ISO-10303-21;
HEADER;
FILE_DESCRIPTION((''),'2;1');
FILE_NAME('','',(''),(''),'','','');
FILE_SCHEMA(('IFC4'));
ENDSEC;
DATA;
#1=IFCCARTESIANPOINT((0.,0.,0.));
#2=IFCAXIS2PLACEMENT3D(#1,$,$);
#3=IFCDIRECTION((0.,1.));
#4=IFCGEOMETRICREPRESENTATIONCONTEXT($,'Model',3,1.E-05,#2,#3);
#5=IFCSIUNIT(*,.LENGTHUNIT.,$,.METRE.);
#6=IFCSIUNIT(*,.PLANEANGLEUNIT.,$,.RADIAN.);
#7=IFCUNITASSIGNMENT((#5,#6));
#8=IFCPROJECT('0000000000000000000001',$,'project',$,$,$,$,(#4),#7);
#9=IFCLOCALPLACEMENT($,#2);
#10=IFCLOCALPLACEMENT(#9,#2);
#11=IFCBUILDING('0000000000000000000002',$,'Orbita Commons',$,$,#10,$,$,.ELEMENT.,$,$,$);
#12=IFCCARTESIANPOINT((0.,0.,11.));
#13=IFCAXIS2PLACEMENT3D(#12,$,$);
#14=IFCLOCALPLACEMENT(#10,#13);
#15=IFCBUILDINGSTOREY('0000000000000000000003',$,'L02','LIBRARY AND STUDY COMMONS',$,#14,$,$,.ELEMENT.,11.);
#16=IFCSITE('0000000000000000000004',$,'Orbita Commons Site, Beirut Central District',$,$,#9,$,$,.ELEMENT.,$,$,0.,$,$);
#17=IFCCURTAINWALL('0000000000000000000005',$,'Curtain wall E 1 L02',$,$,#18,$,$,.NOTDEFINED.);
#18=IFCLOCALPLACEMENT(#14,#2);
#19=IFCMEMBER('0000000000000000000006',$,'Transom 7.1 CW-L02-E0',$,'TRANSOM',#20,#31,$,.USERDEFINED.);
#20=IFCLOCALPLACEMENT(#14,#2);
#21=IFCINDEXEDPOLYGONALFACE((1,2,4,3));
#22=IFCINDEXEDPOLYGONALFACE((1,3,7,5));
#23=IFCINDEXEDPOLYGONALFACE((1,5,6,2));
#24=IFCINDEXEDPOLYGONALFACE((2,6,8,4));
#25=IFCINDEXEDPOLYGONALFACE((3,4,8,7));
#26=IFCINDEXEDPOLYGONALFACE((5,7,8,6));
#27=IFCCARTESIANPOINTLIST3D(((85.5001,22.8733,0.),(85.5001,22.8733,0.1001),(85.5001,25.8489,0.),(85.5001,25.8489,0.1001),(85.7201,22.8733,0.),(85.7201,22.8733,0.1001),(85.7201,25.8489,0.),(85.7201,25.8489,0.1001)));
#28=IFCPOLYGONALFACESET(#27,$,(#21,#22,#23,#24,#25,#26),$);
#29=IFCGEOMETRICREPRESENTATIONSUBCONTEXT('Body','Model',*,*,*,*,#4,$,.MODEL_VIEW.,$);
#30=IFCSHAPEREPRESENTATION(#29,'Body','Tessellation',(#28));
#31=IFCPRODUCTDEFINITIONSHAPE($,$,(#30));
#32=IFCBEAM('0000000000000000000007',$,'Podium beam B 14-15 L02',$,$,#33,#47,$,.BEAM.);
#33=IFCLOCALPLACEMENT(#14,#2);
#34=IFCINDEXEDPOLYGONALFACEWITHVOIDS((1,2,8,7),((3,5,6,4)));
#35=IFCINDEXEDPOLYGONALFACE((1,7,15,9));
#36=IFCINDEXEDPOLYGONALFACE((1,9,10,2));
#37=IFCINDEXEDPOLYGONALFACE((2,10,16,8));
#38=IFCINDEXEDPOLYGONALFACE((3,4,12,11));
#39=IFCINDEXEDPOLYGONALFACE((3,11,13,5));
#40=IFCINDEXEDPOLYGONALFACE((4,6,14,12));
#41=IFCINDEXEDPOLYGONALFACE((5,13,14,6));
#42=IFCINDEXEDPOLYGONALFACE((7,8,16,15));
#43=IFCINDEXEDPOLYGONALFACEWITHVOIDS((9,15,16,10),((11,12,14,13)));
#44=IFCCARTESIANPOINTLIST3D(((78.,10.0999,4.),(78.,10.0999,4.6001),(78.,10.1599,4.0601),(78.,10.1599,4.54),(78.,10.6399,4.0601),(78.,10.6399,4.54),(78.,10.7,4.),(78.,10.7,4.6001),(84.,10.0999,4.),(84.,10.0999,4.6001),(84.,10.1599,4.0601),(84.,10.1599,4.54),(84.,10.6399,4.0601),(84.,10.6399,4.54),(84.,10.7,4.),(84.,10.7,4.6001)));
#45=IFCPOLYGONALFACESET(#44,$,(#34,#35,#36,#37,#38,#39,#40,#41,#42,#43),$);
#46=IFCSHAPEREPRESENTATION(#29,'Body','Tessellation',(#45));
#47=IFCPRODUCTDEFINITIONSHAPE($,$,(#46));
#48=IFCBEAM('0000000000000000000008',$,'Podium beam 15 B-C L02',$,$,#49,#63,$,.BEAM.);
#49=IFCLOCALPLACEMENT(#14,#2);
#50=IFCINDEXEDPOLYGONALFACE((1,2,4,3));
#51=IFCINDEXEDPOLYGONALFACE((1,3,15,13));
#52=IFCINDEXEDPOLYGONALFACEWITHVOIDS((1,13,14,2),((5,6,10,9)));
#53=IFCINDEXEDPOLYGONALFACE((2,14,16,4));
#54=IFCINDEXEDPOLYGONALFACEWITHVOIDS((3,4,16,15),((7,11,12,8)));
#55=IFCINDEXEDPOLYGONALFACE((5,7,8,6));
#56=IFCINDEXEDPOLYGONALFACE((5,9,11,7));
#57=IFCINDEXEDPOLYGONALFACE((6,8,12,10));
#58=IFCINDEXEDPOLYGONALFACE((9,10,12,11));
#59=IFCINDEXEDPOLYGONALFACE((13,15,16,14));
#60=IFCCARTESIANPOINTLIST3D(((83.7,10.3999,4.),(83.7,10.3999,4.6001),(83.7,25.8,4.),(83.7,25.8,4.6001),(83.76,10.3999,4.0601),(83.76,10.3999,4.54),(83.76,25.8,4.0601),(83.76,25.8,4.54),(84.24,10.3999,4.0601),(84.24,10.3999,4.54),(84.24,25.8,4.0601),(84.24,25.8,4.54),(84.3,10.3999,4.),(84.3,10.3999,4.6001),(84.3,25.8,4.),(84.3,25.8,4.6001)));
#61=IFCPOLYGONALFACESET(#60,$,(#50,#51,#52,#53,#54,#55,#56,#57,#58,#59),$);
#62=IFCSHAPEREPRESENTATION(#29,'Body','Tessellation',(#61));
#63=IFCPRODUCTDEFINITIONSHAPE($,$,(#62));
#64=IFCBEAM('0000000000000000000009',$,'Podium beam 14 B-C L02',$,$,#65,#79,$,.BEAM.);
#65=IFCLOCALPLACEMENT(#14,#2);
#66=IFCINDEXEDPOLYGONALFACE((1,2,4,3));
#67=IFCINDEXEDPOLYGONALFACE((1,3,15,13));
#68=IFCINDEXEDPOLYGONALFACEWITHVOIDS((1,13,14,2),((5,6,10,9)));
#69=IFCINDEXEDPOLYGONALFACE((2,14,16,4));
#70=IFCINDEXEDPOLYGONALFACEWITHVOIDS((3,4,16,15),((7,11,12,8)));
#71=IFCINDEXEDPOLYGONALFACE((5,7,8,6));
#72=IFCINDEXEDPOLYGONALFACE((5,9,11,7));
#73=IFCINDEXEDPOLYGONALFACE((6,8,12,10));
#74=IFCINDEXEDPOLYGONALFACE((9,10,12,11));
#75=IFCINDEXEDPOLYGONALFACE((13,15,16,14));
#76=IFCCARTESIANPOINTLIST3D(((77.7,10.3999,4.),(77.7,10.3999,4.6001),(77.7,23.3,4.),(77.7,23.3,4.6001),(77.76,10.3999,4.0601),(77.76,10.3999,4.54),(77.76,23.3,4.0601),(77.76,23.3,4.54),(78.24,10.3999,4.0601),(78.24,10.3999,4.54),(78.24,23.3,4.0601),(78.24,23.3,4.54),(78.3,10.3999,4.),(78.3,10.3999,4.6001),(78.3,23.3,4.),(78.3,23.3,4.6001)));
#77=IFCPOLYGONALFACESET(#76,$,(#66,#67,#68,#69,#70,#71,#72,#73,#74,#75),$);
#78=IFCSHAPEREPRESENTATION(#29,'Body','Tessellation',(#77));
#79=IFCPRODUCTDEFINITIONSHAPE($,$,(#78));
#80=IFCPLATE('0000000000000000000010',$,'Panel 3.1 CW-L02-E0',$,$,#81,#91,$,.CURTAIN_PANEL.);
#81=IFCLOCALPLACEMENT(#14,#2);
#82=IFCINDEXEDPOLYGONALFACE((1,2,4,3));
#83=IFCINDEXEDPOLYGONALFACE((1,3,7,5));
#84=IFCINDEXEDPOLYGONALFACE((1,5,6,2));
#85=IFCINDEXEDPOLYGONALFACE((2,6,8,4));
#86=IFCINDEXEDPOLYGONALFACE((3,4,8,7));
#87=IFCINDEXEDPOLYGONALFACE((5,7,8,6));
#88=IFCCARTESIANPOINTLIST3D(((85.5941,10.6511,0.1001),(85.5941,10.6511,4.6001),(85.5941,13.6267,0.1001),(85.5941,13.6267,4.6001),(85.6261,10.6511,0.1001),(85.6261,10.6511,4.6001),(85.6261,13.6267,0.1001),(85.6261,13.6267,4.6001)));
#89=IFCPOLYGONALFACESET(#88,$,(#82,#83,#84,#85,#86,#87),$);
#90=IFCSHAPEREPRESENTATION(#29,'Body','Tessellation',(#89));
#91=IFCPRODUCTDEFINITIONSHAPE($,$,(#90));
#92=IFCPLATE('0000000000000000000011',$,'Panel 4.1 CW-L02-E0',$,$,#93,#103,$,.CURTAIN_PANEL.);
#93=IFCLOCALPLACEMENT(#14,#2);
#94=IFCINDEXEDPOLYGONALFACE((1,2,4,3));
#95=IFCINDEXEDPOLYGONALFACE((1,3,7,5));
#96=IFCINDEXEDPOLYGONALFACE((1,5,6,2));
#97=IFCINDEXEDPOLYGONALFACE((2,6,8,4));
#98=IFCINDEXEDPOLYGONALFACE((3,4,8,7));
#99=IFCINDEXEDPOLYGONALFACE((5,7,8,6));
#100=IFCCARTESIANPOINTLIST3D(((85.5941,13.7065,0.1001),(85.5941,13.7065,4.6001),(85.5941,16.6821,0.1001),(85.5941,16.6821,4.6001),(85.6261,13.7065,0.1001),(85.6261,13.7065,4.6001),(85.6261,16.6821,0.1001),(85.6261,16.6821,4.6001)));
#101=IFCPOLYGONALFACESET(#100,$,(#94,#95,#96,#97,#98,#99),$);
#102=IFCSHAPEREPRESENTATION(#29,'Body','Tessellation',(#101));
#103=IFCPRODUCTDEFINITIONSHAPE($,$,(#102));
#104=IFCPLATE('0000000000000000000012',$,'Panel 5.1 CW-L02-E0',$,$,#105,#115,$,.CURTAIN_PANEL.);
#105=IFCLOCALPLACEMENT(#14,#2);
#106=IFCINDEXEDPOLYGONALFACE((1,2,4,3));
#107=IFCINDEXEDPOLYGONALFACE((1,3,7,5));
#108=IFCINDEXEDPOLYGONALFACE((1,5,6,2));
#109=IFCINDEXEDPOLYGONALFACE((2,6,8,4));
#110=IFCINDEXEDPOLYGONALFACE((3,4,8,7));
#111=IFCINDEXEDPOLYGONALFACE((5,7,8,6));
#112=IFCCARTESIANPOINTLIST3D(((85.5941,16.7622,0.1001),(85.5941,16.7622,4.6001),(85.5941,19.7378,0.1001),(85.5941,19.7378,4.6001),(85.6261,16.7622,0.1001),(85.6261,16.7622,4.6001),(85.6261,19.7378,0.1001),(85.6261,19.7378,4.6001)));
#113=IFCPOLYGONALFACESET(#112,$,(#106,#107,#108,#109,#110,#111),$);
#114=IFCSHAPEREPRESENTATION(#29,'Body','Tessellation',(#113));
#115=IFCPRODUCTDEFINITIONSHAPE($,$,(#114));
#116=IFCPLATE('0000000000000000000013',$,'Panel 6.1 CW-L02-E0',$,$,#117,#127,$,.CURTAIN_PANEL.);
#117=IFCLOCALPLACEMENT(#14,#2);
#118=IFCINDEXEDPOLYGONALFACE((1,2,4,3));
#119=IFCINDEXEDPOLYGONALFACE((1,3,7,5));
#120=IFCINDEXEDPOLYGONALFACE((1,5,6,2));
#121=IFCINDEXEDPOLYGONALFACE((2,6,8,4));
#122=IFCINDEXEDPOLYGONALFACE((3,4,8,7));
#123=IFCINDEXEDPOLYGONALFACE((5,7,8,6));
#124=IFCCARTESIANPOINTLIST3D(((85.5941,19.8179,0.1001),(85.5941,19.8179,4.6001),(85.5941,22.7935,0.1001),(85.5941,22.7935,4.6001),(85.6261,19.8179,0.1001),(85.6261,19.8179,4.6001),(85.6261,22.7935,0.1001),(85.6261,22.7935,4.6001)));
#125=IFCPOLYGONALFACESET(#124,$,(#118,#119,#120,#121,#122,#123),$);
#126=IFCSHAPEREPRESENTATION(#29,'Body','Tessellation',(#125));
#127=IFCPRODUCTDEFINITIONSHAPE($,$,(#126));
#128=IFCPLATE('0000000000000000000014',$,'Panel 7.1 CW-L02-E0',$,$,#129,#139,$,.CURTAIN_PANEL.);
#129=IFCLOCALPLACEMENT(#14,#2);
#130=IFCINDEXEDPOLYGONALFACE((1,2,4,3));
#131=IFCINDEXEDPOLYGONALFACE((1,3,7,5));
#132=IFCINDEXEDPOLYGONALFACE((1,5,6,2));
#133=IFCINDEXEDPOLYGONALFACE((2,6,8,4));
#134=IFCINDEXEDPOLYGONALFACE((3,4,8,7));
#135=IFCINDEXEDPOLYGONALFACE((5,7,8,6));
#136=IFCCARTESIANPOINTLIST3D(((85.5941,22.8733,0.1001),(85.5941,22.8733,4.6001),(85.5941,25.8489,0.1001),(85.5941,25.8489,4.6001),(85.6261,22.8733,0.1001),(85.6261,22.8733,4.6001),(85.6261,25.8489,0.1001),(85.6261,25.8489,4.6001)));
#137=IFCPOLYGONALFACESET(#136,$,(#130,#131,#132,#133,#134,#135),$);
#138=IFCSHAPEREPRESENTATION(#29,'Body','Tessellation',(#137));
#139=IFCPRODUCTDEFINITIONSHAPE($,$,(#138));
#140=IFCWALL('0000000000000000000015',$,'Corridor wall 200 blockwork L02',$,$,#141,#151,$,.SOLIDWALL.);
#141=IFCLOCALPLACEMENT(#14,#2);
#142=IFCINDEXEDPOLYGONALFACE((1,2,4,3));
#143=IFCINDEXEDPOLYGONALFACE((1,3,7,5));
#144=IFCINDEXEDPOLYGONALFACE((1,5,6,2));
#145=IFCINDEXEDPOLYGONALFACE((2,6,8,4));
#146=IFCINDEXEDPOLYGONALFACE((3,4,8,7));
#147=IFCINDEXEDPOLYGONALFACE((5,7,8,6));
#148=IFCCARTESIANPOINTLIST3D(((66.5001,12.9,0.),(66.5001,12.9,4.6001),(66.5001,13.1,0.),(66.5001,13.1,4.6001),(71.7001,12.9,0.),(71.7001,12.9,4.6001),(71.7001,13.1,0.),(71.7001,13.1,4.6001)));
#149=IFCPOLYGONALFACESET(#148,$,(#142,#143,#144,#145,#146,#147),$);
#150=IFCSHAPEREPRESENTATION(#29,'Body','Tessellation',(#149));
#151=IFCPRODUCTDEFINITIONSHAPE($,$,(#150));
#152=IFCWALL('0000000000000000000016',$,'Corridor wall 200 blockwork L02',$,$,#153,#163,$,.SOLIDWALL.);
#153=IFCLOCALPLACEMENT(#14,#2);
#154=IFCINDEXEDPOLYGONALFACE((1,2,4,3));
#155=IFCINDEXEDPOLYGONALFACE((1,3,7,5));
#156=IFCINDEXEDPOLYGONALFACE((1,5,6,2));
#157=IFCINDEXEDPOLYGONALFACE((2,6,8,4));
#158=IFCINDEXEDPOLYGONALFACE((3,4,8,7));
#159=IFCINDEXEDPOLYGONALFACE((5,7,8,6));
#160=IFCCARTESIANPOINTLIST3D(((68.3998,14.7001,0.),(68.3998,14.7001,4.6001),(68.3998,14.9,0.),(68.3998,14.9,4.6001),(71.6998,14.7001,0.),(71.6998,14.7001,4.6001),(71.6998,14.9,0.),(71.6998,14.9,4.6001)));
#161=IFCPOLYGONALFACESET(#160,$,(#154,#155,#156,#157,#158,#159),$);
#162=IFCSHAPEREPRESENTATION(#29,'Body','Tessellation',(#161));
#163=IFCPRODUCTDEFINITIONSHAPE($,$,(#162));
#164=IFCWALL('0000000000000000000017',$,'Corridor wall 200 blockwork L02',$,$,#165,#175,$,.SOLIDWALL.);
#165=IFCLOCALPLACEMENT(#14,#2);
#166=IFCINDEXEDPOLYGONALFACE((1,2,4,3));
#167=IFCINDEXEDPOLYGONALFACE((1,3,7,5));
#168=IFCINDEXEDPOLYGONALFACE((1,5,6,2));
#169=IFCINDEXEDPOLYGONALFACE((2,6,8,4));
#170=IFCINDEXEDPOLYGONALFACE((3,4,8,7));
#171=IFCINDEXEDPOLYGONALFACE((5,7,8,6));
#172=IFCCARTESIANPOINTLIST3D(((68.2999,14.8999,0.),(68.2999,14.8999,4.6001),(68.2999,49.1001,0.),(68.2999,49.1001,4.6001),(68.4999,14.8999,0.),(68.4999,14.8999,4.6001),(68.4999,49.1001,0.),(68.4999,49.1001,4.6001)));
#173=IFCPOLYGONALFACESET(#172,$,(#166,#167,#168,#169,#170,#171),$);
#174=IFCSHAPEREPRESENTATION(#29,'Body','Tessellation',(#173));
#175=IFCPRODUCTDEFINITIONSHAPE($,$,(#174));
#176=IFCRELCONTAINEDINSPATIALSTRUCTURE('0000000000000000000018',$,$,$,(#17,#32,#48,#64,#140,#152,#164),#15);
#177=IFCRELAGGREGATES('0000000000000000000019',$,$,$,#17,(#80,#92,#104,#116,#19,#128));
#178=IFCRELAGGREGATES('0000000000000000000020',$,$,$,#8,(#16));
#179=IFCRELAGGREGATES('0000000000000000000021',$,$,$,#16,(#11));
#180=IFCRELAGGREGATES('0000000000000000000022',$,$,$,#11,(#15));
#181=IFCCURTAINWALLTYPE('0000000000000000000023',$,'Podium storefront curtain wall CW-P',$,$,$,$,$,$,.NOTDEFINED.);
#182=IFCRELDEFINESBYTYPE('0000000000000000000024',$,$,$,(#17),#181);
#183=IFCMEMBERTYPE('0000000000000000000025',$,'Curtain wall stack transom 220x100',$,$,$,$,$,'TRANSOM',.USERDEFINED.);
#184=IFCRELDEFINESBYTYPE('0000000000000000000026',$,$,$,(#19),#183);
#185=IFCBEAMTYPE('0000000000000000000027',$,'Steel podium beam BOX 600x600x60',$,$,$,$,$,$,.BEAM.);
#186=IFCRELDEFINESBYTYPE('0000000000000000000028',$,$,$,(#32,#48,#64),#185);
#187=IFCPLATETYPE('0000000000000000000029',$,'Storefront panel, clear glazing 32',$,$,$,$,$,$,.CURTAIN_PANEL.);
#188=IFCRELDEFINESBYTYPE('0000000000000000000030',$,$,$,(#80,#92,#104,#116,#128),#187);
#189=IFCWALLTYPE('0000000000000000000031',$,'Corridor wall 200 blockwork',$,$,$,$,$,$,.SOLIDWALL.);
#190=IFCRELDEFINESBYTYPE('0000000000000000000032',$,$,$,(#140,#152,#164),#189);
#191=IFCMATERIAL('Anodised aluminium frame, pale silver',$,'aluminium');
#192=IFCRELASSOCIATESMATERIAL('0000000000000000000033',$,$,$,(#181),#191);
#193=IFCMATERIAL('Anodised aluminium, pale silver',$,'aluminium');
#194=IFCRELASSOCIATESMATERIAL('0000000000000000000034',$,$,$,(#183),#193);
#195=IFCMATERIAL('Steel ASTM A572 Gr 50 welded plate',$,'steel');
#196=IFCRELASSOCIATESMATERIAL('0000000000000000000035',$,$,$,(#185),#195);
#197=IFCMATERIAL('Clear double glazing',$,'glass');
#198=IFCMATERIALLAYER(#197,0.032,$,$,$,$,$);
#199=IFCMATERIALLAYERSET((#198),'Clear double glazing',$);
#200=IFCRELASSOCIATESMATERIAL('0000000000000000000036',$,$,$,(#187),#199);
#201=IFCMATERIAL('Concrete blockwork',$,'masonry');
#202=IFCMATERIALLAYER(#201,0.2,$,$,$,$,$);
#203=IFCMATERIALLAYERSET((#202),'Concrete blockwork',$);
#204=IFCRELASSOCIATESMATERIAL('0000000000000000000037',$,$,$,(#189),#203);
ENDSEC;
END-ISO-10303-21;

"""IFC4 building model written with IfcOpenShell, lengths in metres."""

from ifc_helpers import new_model, si_unit, direction, frame, frame_2d, origin, origin_2d, place, context, subcontext, project, spatial, rectangle, hollow_rectangle, extrude, material, layer, layer_set, material_profile, profile_set, type_object, element, aggregate, save


model = new_model("IFC4")

# Units and contexts
model_context = context("Model", 3, precision=1e-05, world=origin(), true_north=direction((0.0, 1.0)))
body_context = subcontext(model_context, "Body", "Model", "MODEL_VIEW")
ifc_project = project(units=[si_unit("LENGTHUNIT", "METRE"), si_unit("PLANEANGLEUNIT", "RADIAN")], contexts=[model_context])

# Site, building, storey
site_placement = place(None, origin())
site = spatial("IfcSite", under=ifc_project, at=site_placement, Name="Orbita Commons Site, Beirut Central District", CompositionType="ELEMENT", RefElevation=0.0)
building_placement = place(site_placement, origin())
building = spatial("IfcBuilding", under=site, at=building_placement, Name="Orbita Commons", CompositionType="ELEMENT")
storey_placement = place(building_placement, frame((0.0, 0.0, 11.0)))
storey = spatial("IfcBuildingStorey", under=building, at=storey_placement, Name="L02", Description="LIBRARY AND STUDY COMMONS", CompositionType="ELEMENT", Elevation=11.0)

# Curtain wall, member
ifc_material_1 = material(Name="Anodised aluminium frame, pale silver", Category="aluminium")
curtain_wall_type = type_object("IfcCurtainWallType", Name="Podium storefront curtain wall CW-P", PredefinedType="NOTDEFINED", material=ifc_material_1)
curtain_wall_placement = place(storey_placement, origin())
curtain_wall = element("IfcCurtainWall", 1, at=curtain_wall_placement, inside=storey, type_object=curtain_wall_type, Name="Curtain wall E 1 L02", PredefinedType="NOTDEFINED")
ifc_material_2 = material(Name="Anodised aluminium, pale silver", Category="aluminium")
ifc_material_profile_1 = material_profile(ifc_material_2, rectangle(XDim=0.22, YDim=0.1001, at=origin_2d()), Name="AL 220x100")
ifc_profile_set_1 = profile_set([ifc_material_profile_1], Name="Anodised aluminium, pale silver")
member_type_1 = type_object("IfcMemberType", Name="Curtain wall stack transom 220x100", ElementType="TRANSOM", PredefinedType="USERDEFINED", material=ifc_profile_set_1)
member_1_placement = place(storey_placement, frame((85.6101, 22.8733, 0.05), z_axis=(0.0, 1.0, 0.0), x_axis=(-1.0, 0.0, 0.0)))
member_1 = element("IfcMember", 2, at=member_1_placement, type_object=member_type_1, Name="Transom 7.1 CW-L02-E0", ObjectType="TRANSOM", PredefinedType="USERDEFINED", context=body_context, shape_type="SweptSolid", body=[
    extrude(rectangle(XDim=0.22, YDim=0.1001, at=origin_2d()), origin(), (0.0, 0.0, 1.0), 2.9756),
])

# Beams
ifc_material_3 = material(Name="Steel ASTM A572 Gr 50 welded plate", Category="steel")
ifc_material_profile_2 = material_profile(ifc_material_3, hollow_rectangle(XDim=0.6001, YDim=0.6001, WallThickness=0.0601, at=origin_2d()), Name="BOX 600x600x60")
ifc_profile_set_2 = profile_set([ifc_material_profile_2], Name="Steel ASTM A572 Gr 50 welded plate")
beam_type = type_object("IfcBeamType", Name="Steel podium beam BOX 600x600x60", PredefinedType="BEAM", material=ifc_profile_set_2)
beam_1_placement = place(storey_placement, frame((78.0, 10.3999, 4.3), z_axis=(1.0, 0.0, 0.0), x_axis=(0.0, 1.0, 0.0)))
element("IfcBeam", 3, at=beam_1_placement, inside=storey, type_object=beam_type, Name="Podium beam B 14-15 L02", PredefinedType="BEAM", context=body_context, shape_type="SweptSolid", body=[
    extrude(hollow_rectangle(XDim=0.6001, YDim=0.6001, WallThickness=0.0601, at=origin_2d()), origin(), (0.0, 0.0, 1.0), 6.0),
])
beam_2_placement = place(storey_placement, frame((84.0, 10.3999, 4.3), z_axis=(0.0, 1.0, 0.0), x_axis=(-1.0, 0.0, 0.0)))
element("IfcBeam", 4, at=beam_2_placement, inside=storey, type_object=beam_type, Name="Podium beam 15 B-C L02", PredefinedType="BEAM", context=body_context, shape_type="SweptSolid", body=[
    extrude(hollow_rectangle(XDim=0.6001, YDim=0.6001, WallThickness=0.0601, at=origin_2d()), origin(), (0.0, 0.0, 1.0), 15.4001),
])
beam_3_placement = place(storey_placement, frame((78.0, 10.3999, 4.3), z_axis=(0.0, 1.0, 0.0), x_axis=(-1.0, 0.0, 0.0)))
element("IfcBeam", 5, at=beam_3_placement, inside=storey, type_object=beam_type, Name="Podium beam 14 B-C L02", PredefinedType="BEAM", context=body_context, shape_type="SweptSolid", body=[
    extrude(hollow_rectangle(XDim=0.6001, YDim=0.6001, WallThickness=0.0601, at=origin_2d()), origin(), (0.0, 0.0, 1.0), 12.9001),
])

# Plates
ifc_material_4 = material(Name="Clear double glazing", Category="glass")
ifc_layer_1 = layer(ifc_material_4, 0.032)
ifc_layer_set_1 = layer_set([ifc_layer_1], Name="Clear double glazing")
plate_type = type_object("IfcPlateType", Name="Storefront panel, clear glazing 32", PredefinedType="CURTAIN_PANEL", material=ifc_layer_set_1)
plate_1_placement = place(storey_placement, frame((85.6101, 12.1389, 0.1001), z_axis=(0.0, 0.0, 1.0), x_axis=(0.0, 1.0, 0.0)))
plate_1 = element("IfcPlate", 6, at=plate_1_placement, type_object=plate_type, Name="Panel 3.1 CW-L02-E0", PredefinedType="CURTAIN_PANEL", context=body_context, shape_type="SweptSolid", body=[
    extrude(rectangle(XDim=2.9756, YDim=0.032, at=origin_2d()), origin(), (0.0, 0.0, 1.0), 4.5),
])
plate_2_placement = place(storey_placement, frame((85.6101, 15.1943, 0.1001), z_axis=(0.0, 0.0, 1.0), x_axis=(0.0, 1.0, 0.0)))
plate_2 = element("IfcPlate", 7, at=plate_2_placement, type_object=plate_type, Name="Panel 4.1 CW-L02-E0", PredefinedType="CURTAIN_PANEL", context=body_context, shape_type="SweptSolid", body=[
    extrude(rectangle(XDim=2.9756, YDim=0.032, at=origin_2d()), origin(), (0.0, 0.0, 1.0), 4.5),
])
plate_3_placement = place(storey_placement, frame((85.6101, 18.25, 0.1001), z_axis=(0.0, 0.0, 1.0), x_axis=(0.0, 1.0, 0.0)))
plate_3 = element("IfcPlate", 8, at=plate_3_placement, type_object=plate_type, Name="Panel 5.1 CW-L02-E0", PredefinedType="CURTAIN_PANEL", context=body_context, shape_type="SweptSolid", body=[
    extrude(rectangle(XDim=2.9756, YDim=0.032, at=origin_2d()), origin(), (0.0, 0.0, 1.0), 4.5),
])
plate_4_placement = place(storey_placement, frame((85.6101, 21.3057, 0.1001), z_axis=(0.0, 0.0, 1.0), x_axis=(0.0, 1.0, 0.0)))
plate_4 = element("IfcPlate", 9, at=plate_4_placement, type_object=plate_type, Name="Panel 6.1 CW-L02-E0", PredefinedType="CURTAIN_PANEL", context=body_context, shape_type="SweptSolid", body=[
    extrude(rectangle(XDim=2.9756, YDim=0.032, at=origin_2d()), origin(), (0.0, 0.0, 1.0), 4.5),
])
plate_5_placement = place(storey_placement, frame((85.6101, 24.3611, 0.1001), z_axis=(0.0, 0.0, 1.0), x_axis=(0.0, 1.0, 0.0)))
plate_5 = element("IfcPlate", 10, at=plate_5_placement, type_object=plate_type, Name="Panel 7.1 CW-L02-E0", PredefinedType="CURTAIN_PANEL", context=body_context, shape_type="SweptSolid", body=[
    extrude(rectangle(XDim=2.9756, YDim=0.032, at=origin_2d()), origin(), (0.0, 0.0, 1.0), 4.5),
])
aggregate(curtain_wall, [plate_1, plate_2, plate_3, plate_4, member_1, plate_5])

# Walls
ifc_material_5 = material(Name="Concrete blockwork", Category="masonry")
ifc_layer_2 = layer(ifc_material_5, 0.2)
ifc_layer_set_2 = layer_set([ifc_layer_2], Name="Concrete blockwork")
wall_type_1 = type_object("IfcWallType", Name="Corridor wall 200 blockwork", PredefinedType="SOLIDWALL", material=ifc_layer_set_2)
wall_1_placement = place(storey_placement, frame((66.5, 13.0, 0.0), z_axis=(0.0, 0.0, 1.0), x_axis=(1.0, 0.0, 0.0)))
element("IfcWall", 11, at=wall_1_placement, inside=storey, type_object=wall_type_1, Name="Corridor wall 200 blockwork L02", PredefinedType="SOLIDWALL", context=body_context, shape_type="SweptSolid", body=[
    extrude(rectangle(XDim=5.2, YDim=0.2, at=frame_2d((2.6001, 0.0))), origin(), (0.0, 0.0, 1.0), 4.6001),
])
wall_2_placement = place(storey_placement, frame((68.3999, 14.8, 0.0), z_axis=(0.0, 0.0, 1.0), x_axis=(1.0, 0.0, 0.0)))
element("IfcWall", 12, at=wall_2_placement, inside=storey, type_object=wall_type_1, Name="Corridor wall 200 blockwork L02", PredefinedType="SOLIDWALL", context=body_context, shape_type="SweptSolid", body=[
    extrude(rectangle(XDim=3.3, YDim=0.2, at=frame_2d((1.6499, 0.0))), origin(), (0.0, 0.0, 1.0), 4.6001),
])
wall_3_placement = place(storey_placement, frame((68.3999, 14.8999, 0.0), z_axis=(0.0, 0.0, 1.0), x_axis=(0.0, 1.0, 0.0)))
element("IfcWall", 13, at=wall_3_placement, inside=storey, type_object=wall_type_1, Name="Corridor wall 200 blockwork L02", PredefinedType="SOLIDWALL", context=body_context, shape_type="SweptSolid", body=[
    extrude(rectangle(XDim=34.2002, YDim=0.2, at=frame_2d((17.1001, 0.0))), origin(), (0.0, 0.0, 1.0), 4.6001),
])

save(model, "model.ifc")
